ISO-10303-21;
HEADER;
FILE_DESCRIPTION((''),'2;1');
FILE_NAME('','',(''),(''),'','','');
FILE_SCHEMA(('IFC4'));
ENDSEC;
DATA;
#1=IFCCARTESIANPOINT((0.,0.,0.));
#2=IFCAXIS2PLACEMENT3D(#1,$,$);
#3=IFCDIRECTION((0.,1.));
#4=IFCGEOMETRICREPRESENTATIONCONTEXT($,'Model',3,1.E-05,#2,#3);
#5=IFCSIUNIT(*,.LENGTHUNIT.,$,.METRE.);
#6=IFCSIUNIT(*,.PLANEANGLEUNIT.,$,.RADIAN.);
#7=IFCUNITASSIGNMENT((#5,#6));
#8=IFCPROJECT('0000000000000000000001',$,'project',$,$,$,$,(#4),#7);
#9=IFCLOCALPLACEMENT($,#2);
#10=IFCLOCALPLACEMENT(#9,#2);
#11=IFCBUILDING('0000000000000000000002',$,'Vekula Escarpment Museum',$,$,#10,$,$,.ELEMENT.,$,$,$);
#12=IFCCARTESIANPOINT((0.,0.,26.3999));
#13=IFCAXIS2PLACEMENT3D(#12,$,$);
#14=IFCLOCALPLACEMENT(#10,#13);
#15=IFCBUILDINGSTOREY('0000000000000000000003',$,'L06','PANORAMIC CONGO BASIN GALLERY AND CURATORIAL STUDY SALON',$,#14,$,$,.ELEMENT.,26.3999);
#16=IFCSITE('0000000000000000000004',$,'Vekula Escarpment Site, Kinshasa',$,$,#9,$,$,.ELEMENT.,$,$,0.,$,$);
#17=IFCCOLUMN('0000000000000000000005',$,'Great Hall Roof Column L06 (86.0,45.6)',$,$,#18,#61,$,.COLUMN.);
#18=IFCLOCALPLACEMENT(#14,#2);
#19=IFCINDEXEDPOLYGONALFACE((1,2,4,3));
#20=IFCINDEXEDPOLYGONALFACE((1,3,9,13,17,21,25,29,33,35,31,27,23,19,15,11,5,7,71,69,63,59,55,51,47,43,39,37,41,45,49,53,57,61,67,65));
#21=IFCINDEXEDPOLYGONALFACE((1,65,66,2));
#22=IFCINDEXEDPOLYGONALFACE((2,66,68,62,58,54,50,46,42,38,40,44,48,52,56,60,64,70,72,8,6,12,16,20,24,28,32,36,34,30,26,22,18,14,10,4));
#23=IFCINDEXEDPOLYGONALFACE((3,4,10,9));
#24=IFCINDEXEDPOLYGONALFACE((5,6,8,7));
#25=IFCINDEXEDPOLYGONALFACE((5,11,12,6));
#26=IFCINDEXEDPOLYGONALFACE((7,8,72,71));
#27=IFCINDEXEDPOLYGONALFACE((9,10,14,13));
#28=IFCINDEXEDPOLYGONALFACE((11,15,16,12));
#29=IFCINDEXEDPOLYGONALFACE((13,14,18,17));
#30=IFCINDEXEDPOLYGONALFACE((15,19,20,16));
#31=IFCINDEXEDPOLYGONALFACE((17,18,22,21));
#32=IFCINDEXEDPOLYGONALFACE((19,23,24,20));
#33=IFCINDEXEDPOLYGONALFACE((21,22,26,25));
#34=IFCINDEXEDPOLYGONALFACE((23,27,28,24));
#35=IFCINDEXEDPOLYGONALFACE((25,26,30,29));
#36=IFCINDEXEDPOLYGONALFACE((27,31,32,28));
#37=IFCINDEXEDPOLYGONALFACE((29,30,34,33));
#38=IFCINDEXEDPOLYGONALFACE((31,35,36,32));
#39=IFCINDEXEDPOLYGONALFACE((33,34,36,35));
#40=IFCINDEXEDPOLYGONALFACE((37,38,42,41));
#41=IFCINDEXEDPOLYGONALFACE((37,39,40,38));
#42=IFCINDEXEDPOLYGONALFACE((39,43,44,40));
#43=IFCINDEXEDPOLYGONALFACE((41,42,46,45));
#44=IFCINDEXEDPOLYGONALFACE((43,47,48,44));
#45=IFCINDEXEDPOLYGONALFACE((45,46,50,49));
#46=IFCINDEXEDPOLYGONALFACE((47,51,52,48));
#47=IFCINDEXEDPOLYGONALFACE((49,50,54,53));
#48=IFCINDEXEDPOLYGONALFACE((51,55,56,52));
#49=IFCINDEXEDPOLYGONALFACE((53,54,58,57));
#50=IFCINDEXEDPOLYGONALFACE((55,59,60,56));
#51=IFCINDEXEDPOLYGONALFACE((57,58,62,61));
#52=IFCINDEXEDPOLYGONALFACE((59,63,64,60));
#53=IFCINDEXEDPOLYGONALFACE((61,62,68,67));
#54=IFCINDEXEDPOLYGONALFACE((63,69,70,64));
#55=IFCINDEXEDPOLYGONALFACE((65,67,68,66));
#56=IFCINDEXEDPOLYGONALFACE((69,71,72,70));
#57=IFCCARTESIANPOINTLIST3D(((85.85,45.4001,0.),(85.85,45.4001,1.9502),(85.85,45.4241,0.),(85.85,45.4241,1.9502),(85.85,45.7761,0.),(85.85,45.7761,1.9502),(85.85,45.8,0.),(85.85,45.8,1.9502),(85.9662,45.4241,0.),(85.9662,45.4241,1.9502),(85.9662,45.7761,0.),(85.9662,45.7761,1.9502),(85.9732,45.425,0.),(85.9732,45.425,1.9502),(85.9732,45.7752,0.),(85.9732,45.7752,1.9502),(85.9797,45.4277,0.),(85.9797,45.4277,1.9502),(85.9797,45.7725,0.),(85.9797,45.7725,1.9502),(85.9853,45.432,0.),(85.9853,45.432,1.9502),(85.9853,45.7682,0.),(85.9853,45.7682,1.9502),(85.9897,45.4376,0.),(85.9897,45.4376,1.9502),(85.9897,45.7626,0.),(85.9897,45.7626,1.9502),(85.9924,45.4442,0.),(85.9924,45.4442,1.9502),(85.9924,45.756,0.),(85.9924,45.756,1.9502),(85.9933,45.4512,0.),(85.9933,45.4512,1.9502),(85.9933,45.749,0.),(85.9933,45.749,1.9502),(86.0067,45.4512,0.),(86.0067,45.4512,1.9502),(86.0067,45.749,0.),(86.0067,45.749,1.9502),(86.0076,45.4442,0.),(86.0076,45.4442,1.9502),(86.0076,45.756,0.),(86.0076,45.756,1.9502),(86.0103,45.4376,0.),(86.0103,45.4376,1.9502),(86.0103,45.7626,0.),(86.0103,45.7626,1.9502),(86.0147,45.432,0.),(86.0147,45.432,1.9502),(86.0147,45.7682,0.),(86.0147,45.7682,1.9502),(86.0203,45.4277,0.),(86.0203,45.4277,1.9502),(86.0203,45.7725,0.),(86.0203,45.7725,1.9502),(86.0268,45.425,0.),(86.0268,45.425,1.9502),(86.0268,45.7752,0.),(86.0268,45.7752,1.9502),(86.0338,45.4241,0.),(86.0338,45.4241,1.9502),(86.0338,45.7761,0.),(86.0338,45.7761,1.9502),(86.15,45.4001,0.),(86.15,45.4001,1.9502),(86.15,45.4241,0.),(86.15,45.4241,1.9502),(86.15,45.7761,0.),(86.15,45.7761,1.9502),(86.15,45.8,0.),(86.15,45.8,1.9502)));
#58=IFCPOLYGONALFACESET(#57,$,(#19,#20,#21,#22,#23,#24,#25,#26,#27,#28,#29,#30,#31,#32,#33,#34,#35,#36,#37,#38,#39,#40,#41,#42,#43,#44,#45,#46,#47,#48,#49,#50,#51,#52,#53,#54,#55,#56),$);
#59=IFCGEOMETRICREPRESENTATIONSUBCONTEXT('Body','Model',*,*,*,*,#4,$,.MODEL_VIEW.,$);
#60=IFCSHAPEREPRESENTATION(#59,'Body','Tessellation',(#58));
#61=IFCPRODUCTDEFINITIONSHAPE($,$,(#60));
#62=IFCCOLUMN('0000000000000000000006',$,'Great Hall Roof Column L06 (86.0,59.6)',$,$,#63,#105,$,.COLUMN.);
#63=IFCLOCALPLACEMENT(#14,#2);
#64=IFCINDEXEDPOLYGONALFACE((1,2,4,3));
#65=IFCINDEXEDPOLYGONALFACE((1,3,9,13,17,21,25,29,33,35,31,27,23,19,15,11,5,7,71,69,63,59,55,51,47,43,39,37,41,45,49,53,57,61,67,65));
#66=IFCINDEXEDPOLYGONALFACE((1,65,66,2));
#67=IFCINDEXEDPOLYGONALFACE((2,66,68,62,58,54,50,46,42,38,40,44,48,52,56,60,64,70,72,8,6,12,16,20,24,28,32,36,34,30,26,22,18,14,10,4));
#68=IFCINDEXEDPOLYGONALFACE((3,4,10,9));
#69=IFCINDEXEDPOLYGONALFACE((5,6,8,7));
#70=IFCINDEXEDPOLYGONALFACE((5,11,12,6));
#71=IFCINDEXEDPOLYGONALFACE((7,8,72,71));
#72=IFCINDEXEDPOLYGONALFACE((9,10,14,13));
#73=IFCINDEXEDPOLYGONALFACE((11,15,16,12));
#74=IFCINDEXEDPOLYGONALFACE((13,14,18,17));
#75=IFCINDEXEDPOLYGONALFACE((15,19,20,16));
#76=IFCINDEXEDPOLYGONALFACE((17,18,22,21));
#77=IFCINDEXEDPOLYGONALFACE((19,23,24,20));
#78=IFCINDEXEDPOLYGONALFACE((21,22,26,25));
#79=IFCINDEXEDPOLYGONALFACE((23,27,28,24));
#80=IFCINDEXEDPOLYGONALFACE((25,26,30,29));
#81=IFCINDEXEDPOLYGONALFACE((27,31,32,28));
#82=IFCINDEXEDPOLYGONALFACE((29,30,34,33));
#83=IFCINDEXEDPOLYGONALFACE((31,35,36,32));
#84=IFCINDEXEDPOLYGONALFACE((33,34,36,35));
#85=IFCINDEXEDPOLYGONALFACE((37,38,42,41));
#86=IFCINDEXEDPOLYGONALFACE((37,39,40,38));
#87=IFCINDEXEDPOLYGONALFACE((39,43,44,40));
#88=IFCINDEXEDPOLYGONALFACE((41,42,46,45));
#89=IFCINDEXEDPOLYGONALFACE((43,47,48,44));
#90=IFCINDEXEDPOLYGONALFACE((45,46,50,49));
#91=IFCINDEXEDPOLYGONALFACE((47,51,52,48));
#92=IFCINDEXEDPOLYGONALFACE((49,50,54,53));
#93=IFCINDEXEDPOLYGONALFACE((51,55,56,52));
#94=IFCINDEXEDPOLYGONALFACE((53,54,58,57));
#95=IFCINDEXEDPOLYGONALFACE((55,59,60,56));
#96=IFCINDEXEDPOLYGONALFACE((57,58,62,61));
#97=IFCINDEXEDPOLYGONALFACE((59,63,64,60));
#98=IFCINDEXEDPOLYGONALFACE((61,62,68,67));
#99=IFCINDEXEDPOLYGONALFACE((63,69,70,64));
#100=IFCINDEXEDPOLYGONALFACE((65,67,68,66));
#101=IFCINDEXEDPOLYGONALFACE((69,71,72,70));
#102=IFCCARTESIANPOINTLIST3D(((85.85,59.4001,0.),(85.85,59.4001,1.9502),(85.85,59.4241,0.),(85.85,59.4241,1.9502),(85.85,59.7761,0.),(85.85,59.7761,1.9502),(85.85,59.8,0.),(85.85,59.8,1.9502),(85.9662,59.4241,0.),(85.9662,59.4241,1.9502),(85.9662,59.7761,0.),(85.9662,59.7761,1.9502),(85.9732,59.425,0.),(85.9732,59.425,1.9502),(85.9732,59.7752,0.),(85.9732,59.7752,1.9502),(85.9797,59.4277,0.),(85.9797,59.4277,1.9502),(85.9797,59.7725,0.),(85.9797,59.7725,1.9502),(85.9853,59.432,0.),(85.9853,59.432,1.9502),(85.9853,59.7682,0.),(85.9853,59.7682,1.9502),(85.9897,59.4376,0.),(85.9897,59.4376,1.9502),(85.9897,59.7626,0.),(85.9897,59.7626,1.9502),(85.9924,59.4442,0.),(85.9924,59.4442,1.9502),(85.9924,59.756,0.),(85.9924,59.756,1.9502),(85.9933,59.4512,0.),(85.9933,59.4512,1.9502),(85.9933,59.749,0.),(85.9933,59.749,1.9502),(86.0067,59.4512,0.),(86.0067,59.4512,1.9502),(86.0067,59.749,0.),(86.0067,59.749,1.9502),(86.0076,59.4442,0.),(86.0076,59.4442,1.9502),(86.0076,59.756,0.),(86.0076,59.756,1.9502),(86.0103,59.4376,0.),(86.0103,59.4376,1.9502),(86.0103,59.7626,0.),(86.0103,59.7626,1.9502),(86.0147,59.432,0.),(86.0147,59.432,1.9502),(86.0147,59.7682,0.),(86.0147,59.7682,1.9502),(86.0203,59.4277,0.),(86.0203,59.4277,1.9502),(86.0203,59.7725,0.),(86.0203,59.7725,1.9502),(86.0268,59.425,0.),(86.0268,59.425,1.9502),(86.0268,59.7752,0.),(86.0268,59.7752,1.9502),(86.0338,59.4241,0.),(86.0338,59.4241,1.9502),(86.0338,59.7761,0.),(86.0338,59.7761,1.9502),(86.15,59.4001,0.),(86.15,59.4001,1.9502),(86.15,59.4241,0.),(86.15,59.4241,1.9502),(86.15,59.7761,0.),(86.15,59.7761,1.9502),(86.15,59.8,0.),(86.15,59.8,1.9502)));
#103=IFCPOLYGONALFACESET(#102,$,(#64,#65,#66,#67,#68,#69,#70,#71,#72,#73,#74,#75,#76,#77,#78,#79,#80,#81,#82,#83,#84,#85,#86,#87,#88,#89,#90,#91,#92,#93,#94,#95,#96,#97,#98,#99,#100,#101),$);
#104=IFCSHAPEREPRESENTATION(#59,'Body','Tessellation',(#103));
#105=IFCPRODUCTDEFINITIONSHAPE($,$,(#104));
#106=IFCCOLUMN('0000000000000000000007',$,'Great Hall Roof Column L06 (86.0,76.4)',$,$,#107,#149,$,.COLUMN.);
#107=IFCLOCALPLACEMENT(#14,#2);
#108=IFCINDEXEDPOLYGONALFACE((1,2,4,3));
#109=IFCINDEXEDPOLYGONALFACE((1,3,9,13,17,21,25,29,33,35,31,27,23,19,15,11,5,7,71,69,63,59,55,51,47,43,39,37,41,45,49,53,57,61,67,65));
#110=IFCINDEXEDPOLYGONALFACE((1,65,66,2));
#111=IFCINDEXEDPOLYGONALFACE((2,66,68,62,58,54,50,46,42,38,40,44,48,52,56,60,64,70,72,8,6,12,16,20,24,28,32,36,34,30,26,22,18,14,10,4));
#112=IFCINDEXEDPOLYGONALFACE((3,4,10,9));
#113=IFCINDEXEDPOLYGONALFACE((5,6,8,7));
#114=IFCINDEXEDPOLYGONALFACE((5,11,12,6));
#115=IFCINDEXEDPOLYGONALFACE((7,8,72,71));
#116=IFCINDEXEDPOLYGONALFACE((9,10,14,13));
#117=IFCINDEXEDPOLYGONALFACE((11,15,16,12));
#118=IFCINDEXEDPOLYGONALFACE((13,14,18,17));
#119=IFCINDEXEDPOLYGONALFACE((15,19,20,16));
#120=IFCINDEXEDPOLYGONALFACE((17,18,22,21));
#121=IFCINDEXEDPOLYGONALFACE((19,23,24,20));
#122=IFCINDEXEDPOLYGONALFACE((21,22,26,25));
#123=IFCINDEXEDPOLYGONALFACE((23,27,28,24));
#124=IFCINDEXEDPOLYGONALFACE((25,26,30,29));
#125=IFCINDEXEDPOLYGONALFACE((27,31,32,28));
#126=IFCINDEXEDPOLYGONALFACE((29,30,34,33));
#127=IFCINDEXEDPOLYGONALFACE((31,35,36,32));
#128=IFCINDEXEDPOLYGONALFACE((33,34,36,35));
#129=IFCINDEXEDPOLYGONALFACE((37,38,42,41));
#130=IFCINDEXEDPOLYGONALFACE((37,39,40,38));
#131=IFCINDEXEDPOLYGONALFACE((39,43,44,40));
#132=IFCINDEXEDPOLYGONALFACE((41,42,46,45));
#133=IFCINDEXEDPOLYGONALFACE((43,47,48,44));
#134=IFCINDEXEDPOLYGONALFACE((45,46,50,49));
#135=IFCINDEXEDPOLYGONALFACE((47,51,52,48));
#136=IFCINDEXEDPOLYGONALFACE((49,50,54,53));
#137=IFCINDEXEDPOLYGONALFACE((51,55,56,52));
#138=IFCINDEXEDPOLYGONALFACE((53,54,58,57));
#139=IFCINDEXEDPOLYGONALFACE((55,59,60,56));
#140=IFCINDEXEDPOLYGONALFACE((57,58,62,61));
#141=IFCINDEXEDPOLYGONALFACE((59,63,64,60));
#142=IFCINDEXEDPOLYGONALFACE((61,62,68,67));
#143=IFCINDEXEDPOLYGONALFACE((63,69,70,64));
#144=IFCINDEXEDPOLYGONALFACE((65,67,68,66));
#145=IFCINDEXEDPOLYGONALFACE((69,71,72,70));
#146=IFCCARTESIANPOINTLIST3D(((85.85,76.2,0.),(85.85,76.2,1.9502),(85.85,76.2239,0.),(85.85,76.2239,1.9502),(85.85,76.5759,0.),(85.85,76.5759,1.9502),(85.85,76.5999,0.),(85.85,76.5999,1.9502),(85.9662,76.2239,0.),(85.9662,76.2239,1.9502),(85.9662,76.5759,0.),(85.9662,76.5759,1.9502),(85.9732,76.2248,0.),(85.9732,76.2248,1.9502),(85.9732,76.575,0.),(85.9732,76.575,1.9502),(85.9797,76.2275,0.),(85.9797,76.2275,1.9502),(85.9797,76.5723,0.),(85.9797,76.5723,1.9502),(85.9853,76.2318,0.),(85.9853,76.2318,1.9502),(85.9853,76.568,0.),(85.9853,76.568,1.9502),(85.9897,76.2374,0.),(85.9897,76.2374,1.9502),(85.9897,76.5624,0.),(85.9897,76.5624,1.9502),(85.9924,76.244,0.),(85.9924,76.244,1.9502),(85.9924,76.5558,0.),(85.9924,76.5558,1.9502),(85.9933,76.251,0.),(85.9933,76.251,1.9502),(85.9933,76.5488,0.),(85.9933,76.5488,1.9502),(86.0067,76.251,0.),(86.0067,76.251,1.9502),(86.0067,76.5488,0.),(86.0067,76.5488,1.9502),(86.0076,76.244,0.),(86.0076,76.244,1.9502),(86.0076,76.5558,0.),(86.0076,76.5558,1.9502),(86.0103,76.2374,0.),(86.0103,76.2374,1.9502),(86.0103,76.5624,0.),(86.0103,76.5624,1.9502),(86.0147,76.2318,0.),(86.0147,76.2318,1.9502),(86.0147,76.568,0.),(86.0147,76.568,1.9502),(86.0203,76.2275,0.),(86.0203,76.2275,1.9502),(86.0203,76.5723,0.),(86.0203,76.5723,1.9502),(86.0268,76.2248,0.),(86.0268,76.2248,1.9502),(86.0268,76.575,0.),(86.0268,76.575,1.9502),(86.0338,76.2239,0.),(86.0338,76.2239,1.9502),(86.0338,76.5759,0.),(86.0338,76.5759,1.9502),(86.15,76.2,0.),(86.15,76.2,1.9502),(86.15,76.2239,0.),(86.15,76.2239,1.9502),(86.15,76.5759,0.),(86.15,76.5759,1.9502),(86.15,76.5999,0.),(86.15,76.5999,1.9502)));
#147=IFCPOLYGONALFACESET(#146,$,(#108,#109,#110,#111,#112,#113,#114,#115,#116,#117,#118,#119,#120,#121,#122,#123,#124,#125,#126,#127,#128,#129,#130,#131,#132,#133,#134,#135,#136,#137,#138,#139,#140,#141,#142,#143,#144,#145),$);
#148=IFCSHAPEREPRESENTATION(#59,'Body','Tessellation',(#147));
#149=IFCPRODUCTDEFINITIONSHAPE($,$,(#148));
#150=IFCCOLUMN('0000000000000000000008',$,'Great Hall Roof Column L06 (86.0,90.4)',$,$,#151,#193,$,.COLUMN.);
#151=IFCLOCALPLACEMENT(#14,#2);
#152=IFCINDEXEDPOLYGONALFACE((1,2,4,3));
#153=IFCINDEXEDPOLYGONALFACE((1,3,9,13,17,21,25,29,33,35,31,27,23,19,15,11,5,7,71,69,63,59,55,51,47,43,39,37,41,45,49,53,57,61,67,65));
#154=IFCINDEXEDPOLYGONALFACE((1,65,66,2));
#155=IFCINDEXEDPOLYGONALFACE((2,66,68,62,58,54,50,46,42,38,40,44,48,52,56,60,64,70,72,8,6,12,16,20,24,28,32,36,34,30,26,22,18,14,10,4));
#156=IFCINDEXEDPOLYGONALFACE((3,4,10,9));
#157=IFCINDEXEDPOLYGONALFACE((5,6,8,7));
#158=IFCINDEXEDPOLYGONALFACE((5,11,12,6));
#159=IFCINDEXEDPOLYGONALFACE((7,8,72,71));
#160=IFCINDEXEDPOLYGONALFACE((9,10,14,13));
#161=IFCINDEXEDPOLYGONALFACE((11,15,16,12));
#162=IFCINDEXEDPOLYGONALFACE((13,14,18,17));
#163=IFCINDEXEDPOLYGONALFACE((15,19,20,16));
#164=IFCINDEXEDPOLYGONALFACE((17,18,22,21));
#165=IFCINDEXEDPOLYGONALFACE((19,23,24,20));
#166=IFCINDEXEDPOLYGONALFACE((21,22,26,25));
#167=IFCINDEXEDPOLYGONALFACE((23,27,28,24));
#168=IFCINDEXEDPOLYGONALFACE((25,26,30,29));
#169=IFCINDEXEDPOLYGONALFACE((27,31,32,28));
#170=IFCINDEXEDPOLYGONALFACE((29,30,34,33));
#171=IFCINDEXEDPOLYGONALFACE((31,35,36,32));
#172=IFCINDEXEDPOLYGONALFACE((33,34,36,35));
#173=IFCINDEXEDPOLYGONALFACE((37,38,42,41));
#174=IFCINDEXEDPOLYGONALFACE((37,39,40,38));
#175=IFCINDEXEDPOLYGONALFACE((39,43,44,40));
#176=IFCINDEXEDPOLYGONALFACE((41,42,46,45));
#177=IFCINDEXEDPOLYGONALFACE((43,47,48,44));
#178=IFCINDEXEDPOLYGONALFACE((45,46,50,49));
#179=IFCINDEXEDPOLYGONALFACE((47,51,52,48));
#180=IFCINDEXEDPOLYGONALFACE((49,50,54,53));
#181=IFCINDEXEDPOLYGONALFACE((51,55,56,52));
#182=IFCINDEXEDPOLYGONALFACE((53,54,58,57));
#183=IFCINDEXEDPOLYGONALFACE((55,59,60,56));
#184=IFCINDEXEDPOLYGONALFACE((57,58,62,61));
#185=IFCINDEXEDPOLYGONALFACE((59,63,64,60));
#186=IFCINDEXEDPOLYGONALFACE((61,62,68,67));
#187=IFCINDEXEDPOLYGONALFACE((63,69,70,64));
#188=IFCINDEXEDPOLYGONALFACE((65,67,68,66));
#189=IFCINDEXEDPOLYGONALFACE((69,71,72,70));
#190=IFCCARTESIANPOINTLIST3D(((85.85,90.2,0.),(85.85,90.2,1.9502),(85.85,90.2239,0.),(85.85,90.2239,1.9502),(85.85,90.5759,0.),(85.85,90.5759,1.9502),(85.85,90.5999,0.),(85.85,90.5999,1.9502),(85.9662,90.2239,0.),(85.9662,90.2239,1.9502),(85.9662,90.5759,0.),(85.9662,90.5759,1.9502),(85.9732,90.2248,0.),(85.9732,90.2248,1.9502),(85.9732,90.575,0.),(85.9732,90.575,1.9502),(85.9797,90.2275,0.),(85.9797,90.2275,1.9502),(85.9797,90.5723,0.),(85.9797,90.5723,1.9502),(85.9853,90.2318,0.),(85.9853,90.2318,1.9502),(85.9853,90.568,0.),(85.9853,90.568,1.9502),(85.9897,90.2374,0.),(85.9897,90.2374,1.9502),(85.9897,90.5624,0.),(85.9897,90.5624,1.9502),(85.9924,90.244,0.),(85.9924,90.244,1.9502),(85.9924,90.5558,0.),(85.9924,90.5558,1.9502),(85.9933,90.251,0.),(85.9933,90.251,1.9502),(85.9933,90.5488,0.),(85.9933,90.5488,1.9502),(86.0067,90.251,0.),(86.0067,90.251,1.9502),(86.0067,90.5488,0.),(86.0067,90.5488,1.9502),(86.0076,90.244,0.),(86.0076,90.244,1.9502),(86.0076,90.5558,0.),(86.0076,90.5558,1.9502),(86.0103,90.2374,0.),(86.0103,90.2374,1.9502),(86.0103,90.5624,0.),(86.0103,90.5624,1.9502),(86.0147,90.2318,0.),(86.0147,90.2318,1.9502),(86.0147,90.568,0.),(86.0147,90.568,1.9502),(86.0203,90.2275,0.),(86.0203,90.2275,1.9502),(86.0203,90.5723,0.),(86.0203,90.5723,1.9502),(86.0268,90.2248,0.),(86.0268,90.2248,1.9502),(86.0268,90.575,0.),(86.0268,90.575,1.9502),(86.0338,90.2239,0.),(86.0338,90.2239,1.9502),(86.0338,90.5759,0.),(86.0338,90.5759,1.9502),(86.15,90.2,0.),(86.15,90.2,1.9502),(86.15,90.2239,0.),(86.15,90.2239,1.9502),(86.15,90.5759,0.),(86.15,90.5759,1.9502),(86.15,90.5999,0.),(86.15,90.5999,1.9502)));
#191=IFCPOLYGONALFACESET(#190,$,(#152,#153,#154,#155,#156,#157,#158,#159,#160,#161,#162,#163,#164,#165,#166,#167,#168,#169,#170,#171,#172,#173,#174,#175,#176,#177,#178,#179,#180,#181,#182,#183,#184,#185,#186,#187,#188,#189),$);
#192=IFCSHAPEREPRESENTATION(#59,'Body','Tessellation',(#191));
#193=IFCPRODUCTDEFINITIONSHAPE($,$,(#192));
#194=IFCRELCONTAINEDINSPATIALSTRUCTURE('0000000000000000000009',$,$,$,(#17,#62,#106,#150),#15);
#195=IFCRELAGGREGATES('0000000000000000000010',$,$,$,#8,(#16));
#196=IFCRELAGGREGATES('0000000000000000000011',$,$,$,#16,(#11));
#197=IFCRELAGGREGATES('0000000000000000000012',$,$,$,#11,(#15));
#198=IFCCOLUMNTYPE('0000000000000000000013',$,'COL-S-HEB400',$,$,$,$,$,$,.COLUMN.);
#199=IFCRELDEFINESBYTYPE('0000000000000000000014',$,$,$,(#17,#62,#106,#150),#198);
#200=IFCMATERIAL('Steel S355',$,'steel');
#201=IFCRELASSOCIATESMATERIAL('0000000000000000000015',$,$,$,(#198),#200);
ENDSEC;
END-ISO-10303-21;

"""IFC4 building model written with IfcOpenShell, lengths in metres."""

from ifc_helpers import new_model, si_unit, direction, frame, origin, origin_2d, place, context, subcontext, project, spatial, i_section, extrude, material, material_profile, profile_set, type_object, element, save


model = new_model("IFC4")

# Units and contexts
model_context = context("Model", 3, precision=1e-05, world=origin(), true_north=direction((0.0, 1.0)))
body_context = subcontext(model_context, "Body", "Model", "MODEL_VIEW")
ifc_project = project(units=[si_unit("LENGTHUNIT", "METRE"), si_unit("PLANEANGLEUNIT", "RADIAN")], contexts=[model_context])

# Site, building, storey
site_placement = place(None, origin())
site = spatial("IfcSite", under=ifc_project, at=site_placement, Name="Vekula Escarpment Site, Kinshasa", CompositionType="ELEMENT", RefElevation=0.0)
building_placement = place(site_placement, origin())
building = spatial("IfcBuilding", under=site, at=building_placement, Name="Vekula Escarpment Museum", CompositionType="ELEMENT")
storey_placement = place(building_placement, frame((0.0, 0.0, 26.3999)))
storey = spatial("IfcBuildingStorey", under=building, at=storey_placement, Name="L06", Description="PANORAMIC CONGO BASIN GALLERY AND CURATORIAL STUDY SALON", CompositionType="ELEMENT", Elevation=26.3999)

# Columns
ifc_material_1 = material(Name="Steel S355", Category="steel")
ifc_material_profile_1 = material_profile(ifc_material_1, i_section(OverallWidth=0.3, OverallDepth=0.3999, WebThickness=0.0134, FlangeThickness=0.0239, FilletRadius=0.0271, at=origin_2d()), Name="HEB 400")
ifc_profile_set_1 = profile_set([ifc_material_profile_1], Name="Steel S355")
column_type = type_object("IfcColumnType", Name="COL-S-HEB400", PredefinedType="COLUMN", material=ifc_profile_set_1)
for number, where, z_axis, x_axis, name in (
    (1, (86.0, 45.6001, 0.0), (0.0, 0.0, 1.0), (1.0, 0.0, 0.0), "Great Hall Roof Column L06 (86.0,45.6)"),
    (2, (86.0, 59.6001, 0.0), (0.0, 0.0, 1.0), (1.0, 0.0, 0.0), "Great Hall Roof Column L06 (86.0,59.6)"),
    (3, (86.0, 76.3999, 0.0), (0.0, 0.0, 1.0), (1.0, 0.0, 0.0), "Great Hall Roof Column L06 (86.0,76.4)"),
    (4, (86.0, 90.3999, 0.0), (0.0, 0.0, 1.0), (1.0, 0.0, 0.0), "Great Hall Roof Column L06 (86.0,90.4)"),
):
    element("IfcColumn", number, at=place(storey_placement, frame(where, z_axis=z_axis, x_axis=x_axis)), inside=storey, type_object=column_type, Name=name, PredefinedType="COLUMN", context=body_context, shape_type="SweptSolid", body=[
        extrude(i_section(OverallWidth=0.3, OverallDepth=0.3999, WebThickness=0.0134, FlangeThickness=0.0239, FilletRadius=0.0271, at=origin_2d()), origin(), (0.0, 0.0, 1.0), 1.9502),
    ])

save(model, "model.ifc")
